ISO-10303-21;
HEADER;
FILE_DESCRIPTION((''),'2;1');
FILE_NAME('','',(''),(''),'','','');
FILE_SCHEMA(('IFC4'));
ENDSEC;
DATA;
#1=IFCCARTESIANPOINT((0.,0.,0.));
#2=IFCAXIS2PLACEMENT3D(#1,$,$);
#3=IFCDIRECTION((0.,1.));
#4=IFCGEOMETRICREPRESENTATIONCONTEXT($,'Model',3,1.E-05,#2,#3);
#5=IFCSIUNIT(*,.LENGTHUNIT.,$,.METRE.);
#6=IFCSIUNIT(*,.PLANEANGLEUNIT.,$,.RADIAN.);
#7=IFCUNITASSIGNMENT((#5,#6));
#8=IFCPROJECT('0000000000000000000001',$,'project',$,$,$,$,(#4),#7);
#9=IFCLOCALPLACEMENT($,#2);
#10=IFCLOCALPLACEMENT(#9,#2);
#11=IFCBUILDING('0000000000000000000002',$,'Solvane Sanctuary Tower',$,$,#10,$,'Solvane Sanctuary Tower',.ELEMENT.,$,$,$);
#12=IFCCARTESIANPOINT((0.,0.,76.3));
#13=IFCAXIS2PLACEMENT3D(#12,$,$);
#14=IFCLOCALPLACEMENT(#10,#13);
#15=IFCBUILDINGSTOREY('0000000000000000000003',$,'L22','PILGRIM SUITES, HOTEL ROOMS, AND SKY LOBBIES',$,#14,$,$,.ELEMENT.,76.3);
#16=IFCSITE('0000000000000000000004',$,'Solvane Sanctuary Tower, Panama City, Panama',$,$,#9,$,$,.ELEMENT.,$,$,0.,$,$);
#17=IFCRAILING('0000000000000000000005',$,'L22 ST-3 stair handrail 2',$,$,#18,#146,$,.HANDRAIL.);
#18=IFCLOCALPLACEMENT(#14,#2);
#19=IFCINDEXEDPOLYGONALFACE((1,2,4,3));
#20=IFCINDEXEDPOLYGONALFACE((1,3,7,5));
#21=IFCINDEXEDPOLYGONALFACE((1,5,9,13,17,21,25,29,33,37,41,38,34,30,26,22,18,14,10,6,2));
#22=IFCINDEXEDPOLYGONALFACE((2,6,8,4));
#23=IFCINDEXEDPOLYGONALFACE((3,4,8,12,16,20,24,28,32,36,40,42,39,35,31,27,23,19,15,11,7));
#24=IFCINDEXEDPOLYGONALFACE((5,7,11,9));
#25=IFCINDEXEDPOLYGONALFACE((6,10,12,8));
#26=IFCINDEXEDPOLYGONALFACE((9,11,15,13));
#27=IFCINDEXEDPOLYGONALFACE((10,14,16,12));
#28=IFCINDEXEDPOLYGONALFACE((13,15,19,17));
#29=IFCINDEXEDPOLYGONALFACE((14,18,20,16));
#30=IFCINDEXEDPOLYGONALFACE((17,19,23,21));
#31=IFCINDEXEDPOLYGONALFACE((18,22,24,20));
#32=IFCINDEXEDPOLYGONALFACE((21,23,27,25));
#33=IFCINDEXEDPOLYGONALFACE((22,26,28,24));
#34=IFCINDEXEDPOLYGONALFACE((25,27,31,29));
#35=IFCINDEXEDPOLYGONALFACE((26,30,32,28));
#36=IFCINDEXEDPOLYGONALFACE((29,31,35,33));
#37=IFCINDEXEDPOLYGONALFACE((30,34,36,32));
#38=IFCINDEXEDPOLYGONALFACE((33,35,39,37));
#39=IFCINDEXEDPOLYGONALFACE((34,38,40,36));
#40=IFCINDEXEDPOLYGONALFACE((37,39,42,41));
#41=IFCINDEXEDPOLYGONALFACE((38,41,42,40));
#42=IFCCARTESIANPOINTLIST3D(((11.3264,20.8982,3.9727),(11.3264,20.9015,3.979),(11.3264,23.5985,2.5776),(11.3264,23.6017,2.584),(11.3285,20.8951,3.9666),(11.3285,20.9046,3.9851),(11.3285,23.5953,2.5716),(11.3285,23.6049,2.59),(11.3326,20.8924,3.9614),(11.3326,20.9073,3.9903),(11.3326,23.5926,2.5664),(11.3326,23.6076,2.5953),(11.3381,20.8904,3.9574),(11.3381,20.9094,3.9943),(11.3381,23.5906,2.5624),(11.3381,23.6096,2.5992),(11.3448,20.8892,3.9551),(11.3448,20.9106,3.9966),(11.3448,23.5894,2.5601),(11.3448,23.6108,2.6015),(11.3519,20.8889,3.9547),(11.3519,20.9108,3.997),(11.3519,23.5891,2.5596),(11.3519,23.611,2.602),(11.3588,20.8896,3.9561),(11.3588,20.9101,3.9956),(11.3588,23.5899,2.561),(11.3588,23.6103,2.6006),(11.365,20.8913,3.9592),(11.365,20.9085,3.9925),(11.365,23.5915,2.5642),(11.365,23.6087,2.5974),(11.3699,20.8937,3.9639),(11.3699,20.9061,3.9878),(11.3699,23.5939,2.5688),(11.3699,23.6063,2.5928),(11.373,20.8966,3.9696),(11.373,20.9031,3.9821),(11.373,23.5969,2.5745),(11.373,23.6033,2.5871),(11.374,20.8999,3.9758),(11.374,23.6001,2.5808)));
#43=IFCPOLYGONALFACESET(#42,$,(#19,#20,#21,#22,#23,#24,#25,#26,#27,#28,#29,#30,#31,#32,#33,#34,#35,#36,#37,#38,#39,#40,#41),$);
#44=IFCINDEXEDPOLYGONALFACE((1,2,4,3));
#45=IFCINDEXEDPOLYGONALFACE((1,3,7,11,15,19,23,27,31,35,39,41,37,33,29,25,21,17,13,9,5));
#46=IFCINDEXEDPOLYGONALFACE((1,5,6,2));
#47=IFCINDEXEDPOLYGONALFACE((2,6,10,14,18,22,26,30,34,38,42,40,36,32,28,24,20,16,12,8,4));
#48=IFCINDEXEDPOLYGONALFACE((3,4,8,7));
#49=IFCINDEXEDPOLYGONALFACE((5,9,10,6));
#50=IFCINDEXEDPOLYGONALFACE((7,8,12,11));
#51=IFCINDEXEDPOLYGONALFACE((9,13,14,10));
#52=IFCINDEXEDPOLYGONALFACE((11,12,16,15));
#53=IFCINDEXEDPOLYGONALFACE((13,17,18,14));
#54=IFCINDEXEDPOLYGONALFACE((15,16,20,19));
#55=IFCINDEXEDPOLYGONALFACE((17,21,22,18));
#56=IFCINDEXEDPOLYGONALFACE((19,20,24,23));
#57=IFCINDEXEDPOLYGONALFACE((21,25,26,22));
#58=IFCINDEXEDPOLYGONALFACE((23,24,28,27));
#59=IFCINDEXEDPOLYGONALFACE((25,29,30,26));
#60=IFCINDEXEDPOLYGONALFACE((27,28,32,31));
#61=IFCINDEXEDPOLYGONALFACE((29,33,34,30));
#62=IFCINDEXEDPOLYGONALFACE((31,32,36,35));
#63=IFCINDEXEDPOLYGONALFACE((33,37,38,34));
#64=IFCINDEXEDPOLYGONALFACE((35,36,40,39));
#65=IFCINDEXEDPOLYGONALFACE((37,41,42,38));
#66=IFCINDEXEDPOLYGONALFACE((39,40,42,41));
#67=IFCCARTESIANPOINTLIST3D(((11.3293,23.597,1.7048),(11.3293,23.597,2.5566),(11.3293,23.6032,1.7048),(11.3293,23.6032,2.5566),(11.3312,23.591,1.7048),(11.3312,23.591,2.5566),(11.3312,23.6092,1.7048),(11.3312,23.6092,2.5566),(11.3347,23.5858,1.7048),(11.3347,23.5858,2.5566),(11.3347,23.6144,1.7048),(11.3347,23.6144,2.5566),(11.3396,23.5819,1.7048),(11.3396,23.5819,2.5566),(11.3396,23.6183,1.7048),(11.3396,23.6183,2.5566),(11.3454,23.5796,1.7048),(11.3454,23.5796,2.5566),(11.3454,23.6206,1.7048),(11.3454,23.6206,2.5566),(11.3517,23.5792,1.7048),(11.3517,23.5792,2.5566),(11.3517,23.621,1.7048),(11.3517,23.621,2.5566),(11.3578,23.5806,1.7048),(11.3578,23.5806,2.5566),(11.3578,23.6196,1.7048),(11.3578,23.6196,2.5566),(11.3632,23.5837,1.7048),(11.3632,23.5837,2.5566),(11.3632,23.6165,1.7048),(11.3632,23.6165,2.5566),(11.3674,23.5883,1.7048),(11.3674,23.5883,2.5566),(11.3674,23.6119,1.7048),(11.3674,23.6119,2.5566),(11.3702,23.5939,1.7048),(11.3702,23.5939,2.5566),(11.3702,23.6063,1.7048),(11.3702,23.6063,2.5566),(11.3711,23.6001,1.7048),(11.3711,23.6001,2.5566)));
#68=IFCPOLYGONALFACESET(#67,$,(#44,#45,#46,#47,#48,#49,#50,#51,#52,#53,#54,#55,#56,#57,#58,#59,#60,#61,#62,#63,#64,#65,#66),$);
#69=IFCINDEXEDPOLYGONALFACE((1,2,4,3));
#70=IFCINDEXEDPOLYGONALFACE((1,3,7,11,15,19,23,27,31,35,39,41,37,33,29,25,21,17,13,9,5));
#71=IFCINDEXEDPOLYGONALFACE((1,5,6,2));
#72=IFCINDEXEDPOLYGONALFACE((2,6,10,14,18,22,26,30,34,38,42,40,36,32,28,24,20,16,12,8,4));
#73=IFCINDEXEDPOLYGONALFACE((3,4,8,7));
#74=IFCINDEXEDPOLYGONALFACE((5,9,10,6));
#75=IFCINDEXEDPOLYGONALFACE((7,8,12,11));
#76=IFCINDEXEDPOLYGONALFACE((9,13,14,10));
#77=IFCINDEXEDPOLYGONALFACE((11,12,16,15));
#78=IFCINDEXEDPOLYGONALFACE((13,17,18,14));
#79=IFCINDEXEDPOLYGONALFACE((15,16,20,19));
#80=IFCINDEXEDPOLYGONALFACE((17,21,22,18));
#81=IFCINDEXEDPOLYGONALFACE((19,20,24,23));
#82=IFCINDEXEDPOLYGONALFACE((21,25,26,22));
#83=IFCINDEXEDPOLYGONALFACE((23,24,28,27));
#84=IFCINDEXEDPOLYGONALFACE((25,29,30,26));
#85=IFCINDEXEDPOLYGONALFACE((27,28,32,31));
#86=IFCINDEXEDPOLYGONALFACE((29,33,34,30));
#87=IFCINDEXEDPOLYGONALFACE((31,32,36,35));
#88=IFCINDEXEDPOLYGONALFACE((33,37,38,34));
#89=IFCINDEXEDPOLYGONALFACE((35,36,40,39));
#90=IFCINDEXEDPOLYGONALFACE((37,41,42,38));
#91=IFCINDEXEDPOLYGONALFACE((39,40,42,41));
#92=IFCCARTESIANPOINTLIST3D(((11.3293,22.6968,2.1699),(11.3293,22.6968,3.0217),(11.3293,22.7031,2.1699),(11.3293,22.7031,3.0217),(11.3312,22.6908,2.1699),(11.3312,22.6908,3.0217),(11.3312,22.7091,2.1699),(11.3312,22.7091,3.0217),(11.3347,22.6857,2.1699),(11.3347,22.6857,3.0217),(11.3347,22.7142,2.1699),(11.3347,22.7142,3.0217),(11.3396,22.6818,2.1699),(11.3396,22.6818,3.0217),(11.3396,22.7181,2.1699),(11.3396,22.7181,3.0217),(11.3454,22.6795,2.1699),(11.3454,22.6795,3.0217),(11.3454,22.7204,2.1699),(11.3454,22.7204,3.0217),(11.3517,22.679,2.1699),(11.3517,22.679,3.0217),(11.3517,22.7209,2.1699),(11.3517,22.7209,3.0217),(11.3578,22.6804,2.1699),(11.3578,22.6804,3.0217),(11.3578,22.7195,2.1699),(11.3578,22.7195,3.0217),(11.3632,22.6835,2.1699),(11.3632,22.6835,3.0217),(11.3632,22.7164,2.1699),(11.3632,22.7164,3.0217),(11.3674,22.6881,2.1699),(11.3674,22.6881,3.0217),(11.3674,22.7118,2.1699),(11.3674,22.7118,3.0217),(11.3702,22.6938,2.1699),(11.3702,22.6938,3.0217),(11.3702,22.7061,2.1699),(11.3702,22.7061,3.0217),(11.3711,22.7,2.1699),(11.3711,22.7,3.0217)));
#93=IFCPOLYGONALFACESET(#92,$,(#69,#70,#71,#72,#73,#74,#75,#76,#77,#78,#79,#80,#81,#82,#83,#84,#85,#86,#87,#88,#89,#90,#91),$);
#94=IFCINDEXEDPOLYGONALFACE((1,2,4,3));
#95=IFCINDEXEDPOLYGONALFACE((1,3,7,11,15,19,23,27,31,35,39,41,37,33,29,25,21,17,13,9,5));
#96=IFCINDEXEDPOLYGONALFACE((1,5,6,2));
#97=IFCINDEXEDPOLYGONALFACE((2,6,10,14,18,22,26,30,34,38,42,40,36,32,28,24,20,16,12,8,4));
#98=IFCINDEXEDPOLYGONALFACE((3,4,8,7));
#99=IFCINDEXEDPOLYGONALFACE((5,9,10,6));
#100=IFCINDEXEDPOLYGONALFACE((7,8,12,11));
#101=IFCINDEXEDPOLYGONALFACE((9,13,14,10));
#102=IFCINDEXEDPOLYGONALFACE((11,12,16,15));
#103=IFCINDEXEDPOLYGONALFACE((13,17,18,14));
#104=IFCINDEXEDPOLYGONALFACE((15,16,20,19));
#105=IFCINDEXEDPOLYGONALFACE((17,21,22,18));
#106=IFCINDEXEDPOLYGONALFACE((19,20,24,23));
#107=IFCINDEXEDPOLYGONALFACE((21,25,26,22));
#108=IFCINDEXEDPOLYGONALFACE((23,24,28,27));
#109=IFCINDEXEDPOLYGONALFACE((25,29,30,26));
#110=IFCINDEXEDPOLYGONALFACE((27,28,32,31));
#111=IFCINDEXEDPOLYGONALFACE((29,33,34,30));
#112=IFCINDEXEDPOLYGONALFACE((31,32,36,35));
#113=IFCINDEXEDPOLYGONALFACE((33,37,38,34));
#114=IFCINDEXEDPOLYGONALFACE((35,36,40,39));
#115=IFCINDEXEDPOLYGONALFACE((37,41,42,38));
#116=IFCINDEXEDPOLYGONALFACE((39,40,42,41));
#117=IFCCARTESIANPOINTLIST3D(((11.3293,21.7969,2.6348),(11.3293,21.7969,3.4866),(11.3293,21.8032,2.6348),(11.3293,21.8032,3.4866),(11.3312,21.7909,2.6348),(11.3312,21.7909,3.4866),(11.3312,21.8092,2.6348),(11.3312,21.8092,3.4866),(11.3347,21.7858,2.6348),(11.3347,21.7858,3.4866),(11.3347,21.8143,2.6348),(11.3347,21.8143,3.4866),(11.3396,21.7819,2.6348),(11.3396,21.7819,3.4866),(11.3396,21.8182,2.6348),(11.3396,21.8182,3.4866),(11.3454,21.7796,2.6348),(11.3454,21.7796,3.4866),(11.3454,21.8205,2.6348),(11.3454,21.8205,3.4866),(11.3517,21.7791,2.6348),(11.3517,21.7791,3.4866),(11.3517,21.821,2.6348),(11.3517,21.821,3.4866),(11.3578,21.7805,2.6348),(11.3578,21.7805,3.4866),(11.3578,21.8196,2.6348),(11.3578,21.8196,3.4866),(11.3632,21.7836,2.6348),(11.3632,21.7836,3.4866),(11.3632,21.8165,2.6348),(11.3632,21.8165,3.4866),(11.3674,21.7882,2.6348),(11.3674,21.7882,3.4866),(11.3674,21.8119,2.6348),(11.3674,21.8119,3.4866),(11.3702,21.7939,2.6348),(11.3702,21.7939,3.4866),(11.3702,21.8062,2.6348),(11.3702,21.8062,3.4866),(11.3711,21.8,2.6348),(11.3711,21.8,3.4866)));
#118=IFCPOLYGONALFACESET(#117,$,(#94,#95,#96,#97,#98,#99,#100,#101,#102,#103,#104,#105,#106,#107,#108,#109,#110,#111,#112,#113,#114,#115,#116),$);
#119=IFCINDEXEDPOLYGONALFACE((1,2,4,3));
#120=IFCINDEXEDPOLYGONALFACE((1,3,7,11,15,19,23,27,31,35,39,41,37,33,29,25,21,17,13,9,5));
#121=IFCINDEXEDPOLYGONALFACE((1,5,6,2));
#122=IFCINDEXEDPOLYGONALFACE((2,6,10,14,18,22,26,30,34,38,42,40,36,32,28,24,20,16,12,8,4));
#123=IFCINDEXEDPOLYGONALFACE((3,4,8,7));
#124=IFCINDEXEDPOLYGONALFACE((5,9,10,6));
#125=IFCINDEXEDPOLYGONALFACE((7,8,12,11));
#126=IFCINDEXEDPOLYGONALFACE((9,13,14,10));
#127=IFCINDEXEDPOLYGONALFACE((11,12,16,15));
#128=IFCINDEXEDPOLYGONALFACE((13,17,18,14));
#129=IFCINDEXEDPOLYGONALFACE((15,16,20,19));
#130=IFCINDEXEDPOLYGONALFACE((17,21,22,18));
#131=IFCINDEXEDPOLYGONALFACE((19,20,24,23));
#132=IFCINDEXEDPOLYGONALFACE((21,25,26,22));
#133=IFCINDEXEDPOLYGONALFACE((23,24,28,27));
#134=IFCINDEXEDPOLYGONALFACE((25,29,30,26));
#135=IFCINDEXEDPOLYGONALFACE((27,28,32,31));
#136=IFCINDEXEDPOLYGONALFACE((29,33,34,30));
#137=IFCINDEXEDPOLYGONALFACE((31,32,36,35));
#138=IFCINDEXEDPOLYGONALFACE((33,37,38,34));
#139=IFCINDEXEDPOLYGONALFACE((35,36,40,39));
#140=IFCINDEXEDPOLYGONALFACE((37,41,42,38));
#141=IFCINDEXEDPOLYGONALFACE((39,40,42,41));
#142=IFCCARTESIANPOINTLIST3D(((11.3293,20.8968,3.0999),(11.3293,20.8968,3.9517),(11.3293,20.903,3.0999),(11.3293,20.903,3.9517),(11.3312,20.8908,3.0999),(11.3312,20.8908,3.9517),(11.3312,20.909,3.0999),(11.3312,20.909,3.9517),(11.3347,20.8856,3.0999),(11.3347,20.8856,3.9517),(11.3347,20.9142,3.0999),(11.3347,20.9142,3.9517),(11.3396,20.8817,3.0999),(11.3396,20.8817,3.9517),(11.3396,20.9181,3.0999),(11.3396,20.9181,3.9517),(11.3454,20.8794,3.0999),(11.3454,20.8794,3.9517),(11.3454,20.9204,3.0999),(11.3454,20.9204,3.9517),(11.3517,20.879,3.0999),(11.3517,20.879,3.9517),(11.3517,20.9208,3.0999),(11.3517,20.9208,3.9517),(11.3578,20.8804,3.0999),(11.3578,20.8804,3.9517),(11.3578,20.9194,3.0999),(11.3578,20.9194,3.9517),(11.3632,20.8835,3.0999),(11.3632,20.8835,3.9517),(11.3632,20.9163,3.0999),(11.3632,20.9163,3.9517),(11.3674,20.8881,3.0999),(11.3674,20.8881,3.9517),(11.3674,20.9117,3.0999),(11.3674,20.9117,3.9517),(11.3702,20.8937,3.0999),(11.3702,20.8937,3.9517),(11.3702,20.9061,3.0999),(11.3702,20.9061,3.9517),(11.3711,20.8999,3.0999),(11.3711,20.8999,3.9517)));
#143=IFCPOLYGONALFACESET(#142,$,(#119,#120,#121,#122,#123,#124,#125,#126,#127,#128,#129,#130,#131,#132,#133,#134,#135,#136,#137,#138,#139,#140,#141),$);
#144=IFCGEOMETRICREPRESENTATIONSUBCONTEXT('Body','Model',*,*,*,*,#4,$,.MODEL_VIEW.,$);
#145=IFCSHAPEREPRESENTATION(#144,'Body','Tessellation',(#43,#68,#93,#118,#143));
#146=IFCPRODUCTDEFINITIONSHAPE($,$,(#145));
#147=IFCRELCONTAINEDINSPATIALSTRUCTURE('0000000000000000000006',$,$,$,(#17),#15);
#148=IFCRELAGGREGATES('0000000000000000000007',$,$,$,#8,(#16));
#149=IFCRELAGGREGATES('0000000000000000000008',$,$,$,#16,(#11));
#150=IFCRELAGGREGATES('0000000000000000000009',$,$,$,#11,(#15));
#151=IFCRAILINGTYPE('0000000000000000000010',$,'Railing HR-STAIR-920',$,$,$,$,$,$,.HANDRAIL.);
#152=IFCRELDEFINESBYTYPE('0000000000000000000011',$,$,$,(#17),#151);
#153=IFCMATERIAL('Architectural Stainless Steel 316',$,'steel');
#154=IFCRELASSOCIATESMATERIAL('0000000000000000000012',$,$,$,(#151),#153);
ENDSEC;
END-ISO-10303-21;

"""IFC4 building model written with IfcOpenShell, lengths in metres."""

from ifc_helpers import new_model, si_unit, direction, frame, origin, origin_2d, place, context, subcontext, project, spatial, circle, extrude, material, type_object, element, save


model = new_model("IFC4")

# Units and contexts
model_context = context("Model", 3, precision=1e-05, world=origin(), true_north=direction((0.0, 1.0)))
body_context = subcontext(model_context, "Body", "Model", "MODEL_VIEW")
ifc_project = project(units=[si_unit("LENGTHUNIT", "METRE"), si_unit("PLANEANGLEUNIT", "RADIAN")], contexts=[model_context])

# Site, building, storey
site_placement = place(None, origin())
site = spatial("IfcSite", under=ifc_project, at=site_placement, Name="Solvane Sanctuary Tower, Panama City, Panama", CompositionType="ELEMENT", RefElevation=0.0)
building_placement = place(site_placement, origin())
building = spatial("IfcBuilding", under=site, at=building_placement, Name="Solvane Sanctuary Tower", LongName="Solvane Sanctuary Tower", CompositionType="ELEMENT")
storey_placement = place(building_placement, frame((0.0, 0.0, 76.3)))
storey = spatial("IfcBuildingStorey", under=building, at=storey_placement, Name="L22", Description="PILGRIM SUITES, HOTEL ROOMS, AND SKY LOBBIES", CompositionType="ELEMENT", Elevation=76.3)

# Shared definitions
ifc_material_1 = material(Name="Architectural Stainless Steel 316", Category="steel")

# Railing
railing_type_1 = type_object("IfcRailingType", Name="Railing HR-STAIR-920", PredefinedType="HANDRAIL", material=ifc_material_1)
railing_1_placement = place(storey_placement, frame((11.3501, 23.6001, 1.7048)))
element("IfcRailing", 1, at=railing_1_placement, inside=storey, type_object=railing_type_1, Name="L22 ST-3 stair handrail 2", PredefinedType="HANDRAIL", context=body_context, shape_type="SweptSolid", body=[
    extrude(circle(Radius=0.0239, at=origin_2d()), frame((0.0, 0.0, 0.876), z_axis=(0.0, -0.888437, 0.458999), x_axis=(1.0, 0.0, 0.0)), (0.0, 0.0, 1.0), 3.0393),
    extrude(circle(Radius=0.021, at=origin_2d()), origin(), (0.0, 0.0, 1.0), 0.8518),
    extrude(circle(Radius=0.021, at=origin_2d()), frame((0.0, -0.9001, 0.4651)), (0.0, 0.0, 1.0), 0.8518),
    extrude(circle(Radius=0.021, at=origin_2d()), frame((0.0, -1.8, 0.9299)), (0.0, 0.0, 1.0), 0.8518),
    extrude(circle(Radius=0.021, at=origin_2d()), frame((0.0, -2.7002, 1.395)), (0.0, 0.0, 1.0), 0.8518),
])

save(model, "model.ifc")
